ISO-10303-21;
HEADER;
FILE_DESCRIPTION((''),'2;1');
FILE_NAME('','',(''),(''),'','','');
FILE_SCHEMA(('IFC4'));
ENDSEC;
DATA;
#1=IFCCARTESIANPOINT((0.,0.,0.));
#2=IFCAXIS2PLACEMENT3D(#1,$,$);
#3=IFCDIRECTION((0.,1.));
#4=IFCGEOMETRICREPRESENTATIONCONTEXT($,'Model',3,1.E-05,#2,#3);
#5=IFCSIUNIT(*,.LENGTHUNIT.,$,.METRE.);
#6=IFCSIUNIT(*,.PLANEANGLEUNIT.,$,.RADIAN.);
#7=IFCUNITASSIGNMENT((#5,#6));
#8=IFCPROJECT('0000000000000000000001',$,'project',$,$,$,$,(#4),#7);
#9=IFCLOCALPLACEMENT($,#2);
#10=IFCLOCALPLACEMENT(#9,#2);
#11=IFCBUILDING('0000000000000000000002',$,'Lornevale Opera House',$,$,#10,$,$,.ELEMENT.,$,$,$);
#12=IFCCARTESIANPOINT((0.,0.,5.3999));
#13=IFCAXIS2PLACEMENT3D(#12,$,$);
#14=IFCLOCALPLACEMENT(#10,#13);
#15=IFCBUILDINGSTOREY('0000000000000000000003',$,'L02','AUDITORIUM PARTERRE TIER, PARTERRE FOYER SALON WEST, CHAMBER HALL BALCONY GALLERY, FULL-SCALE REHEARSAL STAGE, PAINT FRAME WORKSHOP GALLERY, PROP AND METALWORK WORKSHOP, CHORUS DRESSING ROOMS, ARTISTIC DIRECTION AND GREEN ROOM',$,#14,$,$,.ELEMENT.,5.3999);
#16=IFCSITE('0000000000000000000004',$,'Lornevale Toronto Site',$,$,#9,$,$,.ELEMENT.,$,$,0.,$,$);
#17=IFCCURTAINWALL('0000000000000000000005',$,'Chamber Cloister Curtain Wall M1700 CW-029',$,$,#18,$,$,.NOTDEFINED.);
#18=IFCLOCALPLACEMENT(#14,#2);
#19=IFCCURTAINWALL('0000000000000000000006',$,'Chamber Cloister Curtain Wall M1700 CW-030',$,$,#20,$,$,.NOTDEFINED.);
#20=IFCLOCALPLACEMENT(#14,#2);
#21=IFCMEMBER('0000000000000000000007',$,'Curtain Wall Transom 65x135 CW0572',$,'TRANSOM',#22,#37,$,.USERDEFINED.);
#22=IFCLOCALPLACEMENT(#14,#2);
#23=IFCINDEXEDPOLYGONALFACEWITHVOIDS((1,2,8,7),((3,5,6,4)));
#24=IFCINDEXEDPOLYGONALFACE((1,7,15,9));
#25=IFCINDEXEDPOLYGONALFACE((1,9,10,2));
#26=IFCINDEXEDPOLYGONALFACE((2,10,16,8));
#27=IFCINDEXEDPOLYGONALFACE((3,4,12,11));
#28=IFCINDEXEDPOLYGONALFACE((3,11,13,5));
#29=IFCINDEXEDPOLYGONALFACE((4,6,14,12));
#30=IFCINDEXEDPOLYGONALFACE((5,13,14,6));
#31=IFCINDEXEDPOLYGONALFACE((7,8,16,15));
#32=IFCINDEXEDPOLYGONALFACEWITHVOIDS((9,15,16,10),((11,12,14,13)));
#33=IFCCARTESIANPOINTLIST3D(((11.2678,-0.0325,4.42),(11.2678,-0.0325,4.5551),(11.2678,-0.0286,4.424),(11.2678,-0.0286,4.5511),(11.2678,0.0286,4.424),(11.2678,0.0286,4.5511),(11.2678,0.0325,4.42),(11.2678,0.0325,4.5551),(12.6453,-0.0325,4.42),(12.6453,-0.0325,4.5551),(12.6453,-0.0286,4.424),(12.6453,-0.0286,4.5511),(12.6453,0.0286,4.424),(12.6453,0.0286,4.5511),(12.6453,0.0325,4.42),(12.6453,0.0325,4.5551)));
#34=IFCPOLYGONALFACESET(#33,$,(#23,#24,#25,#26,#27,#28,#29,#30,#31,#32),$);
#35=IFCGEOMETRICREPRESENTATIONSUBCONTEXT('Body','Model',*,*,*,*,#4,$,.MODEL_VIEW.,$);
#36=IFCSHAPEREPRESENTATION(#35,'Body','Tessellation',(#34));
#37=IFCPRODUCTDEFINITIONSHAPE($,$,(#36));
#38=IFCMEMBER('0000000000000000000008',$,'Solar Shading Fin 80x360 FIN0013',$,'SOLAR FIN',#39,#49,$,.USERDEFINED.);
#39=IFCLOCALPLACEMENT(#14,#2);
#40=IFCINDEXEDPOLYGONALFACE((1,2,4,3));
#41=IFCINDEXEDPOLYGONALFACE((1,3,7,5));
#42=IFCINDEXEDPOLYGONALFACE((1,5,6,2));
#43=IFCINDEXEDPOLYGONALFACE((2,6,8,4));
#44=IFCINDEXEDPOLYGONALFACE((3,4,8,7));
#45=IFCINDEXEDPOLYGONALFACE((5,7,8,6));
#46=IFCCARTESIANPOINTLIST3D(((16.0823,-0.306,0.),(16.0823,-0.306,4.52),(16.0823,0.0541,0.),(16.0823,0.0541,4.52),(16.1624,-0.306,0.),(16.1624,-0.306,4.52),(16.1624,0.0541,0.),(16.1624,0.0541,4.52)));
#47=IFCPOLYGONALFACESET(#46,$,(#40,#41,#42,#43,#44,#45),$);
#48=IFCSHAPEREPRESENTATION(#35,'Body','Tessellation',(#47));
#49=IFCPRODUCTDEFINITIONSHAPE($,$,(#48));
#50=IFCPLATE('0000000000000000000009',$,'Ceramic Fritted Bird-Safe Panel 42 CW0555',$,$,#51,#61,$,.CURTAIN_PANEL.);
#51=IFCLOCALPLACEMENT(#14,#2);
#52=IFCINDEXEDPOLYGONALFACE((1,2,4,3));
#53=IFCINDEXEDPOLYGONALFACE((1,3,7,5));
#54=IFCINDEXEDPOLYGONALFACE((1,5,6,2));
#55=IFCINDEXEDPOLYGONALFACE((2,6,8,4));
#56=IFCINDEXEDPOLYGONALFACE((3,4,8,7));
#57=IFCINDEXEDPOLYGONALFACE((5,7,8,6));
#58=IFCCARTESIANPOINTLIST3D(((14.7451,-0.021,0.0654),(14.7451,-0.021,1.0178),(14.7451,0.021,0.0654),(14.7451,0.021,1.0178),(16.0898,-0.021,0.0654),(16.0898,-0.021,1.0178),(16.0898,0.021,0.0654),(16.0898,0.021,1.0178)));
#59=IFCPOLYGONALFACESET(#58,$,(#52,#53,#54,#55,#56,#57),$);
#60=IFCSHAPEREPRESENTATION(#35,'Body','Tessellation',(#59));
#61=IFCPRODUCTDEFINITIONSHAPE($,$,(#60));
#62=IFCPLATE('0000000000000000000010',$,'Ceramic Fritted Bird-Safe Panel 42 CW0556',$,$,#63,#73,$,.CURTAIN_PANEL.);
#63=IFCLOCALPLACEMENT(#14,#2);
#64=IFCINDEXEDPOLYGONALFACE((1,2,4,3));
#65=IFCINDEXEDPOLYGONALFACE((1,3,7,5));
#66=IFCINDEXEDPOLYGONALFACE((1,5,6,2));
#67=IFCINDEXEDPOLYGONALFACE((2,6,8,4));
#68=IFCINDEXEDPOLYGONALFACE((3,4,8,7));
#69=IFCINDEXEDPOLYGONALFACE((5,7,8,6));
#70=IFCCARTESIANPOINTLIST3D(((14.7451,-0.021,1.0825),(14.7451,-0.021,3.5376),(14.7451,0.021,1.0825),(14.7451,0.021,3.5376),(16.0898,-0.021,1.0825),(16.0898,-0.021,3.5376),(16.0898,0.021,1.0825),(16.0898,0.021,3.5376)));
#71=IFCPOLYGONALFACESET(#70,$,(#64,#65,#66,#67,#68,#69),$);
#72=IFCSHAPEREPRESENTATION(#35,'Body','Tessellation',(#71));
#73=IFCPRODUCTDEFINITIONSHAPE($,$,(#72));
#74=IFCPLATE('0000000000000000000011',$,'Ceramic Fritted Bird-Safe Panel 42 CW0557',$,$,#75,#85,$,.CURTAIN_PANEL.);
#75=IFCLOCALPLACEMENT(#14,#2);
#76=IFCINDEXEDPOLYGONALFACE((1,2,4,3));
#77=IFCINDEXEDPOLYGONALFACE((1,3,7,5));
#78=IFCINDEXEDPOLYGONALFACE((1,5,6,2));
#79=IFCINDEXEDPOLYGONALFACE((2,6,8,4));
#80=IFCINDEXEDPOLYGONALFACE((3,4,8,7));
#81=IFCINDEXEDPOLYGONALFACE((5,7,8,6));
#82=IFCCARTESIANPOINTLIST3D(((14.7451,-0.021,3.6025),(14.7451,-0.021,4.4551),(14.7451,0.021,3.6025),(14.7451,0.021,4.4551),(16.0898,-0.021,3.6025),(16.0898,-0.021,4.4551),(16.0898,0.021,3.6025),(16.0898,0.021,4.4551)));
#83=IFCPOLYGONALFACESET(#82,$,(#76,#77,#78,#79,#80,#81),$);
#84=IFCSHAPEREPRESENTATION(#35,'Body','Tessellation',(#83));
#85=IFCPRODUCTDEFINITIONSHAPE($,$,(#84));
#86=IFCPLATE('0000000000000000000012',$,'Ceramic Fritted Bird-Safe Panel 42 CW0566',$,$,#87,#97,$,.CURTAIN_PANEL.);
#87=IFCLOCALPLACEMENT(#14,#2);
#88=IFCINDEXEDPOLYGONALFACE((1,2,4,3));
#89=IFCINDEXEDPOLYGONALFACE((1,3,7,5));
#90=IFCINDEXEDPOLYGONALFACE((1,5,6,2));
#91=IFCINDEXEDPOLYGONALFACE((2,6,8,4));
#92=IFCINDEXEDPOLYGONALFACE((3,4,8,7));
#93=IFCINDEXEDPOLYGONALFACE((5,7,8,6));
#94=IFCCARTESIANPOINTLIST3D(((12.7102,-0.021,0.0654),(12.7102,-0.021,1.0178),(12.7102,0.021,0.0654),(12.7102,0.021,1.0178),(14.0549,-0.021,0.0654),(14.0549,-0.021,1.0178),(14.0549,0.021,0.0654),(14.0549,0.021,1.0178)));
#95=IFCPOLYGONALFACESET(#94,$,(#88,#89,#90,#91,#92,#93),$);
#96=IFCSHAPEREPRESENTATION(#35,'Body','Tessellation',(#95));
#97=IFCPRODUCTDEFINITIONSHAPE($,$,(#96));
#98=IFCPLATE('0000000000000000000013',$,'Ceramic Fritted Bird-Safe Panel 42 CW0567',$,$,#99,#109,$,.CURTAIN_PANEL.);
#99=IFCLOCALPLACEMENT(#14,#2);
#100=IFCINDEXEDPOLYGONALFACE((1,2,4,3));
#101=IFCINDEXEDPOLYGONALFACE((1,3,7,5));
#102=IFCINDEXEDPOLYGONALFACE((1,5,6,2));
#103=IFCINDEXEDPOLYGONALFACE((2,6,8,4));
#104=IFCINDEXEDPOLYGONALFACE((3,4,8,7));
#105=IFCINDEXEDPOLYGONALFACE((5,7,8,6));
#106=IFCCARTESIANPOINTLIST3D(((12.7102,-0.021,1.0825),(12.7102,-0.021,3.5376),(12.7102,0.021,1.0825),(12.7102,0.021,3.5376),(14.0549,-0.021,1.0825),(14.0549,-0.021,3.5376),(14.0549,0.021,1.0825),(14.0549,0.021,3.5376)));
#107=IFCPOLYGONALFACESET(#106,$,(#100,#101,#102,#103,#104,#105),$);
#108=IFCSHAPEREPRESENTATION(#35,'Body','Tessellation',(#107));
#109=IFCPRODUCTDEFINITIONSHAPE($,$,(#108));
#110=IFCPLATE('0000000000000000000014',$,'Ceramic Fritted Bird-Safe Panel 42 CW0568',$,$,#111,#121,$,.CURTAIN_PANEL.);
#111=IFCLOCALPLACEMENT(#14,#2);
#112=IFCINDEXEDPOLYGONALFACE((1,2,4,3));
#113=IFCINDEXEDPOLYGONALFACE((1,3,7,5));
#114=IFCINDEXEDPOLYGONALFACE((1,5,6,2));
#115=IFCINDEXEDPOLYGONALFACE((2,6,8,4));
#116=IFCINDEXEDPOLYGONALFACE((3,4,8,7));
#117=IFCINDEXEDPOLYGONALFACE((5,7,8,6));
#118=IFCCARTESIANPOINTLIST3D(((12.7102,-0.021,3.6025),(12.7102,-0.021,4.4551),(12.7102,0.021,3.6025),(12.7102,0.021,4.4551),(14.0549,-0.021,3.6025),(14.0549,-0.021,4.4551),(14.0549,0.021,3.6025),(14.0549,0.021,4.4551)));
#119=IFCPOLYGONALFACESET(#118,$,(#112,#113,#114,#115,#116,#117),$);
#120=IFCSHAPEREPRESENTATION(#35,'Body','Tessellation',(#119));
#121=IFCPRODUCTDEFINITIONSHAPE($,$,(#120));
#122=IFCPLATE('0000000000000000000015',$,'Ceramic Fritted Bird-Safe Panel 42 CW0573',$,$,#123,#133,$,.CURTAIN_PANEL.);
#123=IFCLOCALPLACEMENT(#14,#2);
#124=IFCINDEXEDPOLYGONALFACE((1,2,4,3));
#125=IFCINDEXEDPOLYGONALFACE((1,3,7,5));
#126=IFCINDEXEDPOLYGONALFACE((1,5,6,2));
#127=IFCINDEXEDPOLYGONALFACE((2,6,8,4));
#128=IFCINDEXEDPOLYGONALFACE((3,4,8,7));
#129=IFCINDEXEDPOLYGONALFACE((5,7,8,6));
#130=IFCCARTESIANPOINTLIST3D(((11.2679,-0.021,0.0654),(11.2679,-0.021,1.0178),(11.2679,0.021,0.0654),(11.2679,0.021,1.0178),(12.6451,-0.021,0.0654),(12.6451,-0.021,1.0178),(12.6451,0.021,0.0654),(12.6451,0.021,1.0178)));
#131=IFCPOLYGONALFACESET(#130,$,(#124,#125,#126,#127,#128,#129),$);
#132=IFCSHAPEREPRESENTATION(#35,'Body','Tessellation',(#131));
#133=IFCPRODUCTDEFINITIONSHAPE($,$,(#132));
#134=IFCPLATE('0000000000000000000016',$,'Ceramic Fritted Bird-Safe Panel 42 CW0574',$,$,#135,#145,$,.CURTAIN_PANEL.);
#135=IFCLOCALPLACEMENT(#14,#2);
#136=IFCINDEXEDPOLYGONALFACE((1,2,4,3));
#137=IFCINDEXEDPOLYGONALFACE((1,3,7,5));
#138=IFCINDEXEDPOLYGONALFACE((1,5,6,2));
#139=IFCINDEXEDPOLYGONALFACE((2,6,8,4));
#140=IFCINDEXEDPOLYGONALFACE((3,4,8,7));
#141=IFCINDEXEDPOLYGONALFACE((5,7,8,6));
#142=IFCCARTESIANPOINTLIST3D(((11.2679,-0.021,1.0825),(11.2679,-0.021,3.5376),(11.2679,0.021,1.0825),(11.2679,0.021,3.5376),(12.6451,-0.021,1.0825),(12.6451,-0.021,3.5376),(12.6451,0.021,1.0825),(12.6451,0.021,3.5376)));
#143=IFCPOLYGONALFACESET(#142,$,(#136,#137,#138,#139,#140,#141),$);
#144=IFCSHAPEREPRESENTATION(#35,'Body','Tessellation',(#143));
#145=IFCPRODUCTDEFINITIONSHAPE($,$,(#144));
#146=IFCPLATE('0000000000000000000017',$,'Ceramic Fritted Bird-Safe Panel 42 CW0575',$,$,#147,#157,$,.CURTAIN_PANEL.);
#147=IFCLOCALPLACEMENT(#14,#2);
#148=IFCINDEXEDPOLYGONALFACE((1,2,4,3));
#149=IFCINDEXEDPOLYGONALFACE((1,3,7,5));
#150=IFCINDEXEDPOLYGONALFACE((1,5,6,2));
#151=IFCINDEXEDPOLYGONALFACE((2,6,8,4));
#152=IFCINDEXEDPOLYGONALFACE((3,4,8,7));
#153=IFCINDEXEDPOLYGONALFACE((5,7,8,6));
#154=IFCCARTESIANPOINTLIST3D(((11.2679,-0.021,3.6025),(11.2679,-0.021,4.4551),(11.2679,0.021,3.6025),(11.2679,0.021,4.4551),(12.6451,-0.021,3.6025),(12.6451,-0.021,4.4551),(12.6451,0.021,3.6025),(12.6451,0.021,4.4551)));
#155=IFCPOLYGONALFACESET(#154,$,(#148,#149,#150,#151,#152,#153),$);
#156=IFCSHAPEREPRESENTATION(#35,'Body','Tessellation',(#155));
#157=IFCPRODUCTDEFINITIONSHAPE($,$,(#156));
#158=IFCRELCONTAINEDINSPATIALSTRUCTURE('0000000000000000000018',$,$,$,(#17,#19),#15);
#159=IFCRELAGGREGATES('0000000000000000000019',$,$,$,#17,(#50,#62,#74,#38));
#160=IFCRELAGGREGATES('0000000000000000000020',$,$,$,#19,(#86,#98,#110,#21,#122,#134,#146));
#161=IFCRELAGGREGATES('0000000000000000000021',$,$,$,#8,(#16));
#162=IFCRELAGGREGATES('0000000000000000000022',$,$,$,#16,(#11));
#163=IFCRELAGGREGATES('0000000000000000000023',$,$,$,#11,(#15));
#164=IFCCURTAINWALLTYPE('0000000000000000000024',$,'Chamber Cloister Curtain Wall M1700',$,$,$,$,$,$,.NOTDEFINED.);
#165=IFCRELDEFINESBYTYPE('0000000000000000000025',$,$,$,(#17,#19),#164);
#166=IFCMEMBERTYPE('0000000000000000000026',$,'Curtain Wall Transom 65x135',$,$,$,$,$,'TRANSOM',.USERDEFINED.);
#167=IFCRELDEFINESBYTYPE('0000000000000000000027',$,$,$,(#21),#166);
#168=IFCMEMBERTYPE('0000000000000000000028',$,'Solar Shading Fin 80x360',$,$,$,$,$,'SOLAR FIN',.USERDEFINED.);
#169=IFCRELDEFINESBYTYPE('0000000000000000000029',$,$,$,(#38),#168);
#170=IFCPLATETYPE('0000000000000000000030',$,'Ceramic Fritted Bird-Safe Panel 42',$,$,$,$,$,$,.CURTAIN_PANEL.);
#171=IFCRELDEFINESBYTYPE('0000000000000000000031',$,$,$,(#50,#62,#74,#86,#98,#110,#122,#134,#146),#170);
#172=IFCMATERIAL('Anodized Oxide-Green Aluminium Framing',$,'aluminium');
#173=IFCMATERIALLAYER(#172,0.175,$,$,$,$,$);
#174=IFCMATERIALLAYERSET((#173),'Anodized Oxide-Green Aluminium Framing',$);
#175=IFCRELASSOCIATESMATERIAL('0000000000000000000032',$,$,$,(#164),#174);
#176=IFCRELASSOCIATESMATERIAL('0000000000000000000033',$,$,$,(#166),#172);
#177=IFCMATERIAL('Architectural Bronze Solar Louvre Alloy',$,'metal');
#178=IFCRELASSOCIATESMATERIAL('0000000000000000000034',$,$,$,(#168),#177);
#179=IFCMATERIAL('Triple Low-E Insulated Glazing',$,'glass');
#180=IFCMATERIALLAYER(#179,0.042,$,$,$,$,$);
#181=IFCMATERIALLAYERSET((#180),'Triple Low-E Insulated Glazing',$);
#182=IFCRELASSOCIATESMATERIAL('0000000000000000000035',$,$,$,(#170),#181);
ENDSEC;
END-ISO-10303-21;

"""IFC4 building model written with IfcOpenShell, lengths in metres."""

from ifc_helpers import new_model, si_unit, direction, frame, origin, origin_2d, place, context, subcontext, project, spatial, rectangle, hollow_rectangle, extrude, material, layer, layer_set, material_profile, profile_set, type_object, element, aggregate, save


model = new_model("IFC4")

# Units and contexts
model_context = context("Model", 3, precision=1e-05, world=origin(), true_north=direction((0.0, 1.0)))
body_context = subcontext(model_context, "Body", "Model", "MODEL_VIEW")
ifc_project = project(units=[si_unit("LENGTHUNIT", "METRE"), si_unit("PLANEANGLEUNIT", "RADIAN")], contexts=[model_context])

# Site, building, storey
site_placement = place(None, origin())
site = spatial("IfcSite", under=ifc_project, at=site_placement, Name="Lornevale Toronto Site", CompositionType="ELEMENT", RefElevation=0.0)
building_placement = place(site_placement, origin())
building = spatial("IfcBuilding", under=site, at=building_placement, Name="Lornevale Opera House", CompositionType="ELEMENT")
storey_placement = place(building_placement, frame((0.0, 0.0, 5.3999)))
storey = spatial("IfcBuildingStorey", under=building, at=storey_placement, Name="L02", Description="AUDITORIUM PARTERRE TIER, PARTERRE FOYER SALON WEST, CHAMBER HALL BALCONY GALLERY, FULL-SCALE REHEARSAL STAGE, PAINT FRAME WORKSHOP GALLERY, PROP AND METALWORK WORKSHOP, CHORUS DRESSING ROOMS, ARTISTIC DIRECTION AND GREEN ROOM", CompositionType="ELEMENT", Elevation=5.3999)

# Curtain wall
ifc_material_1 = material(Name="Anodized Oxide-Green Aluminium Framing", Category="aluminium")
ifc_layer_1 = layer(ifc_material_1, 0.175)
ifc_layer_set_1 = layer_set([ifc_layer_1], Name="Anodized Oxide-Green Aluminium Framing")
curtain_wall_type = type_object("IfcCurtainWallType", Name="Chamber Cloister Curtain Wall M1700", PredefinedType="NOTDEFINED", material=ifc_layer_set_1)
curtain_wall_1_placement = place(storey_placement, origin())
curtain_wall_1 = element("IfcCurtainWall", 1, at=curtain_wall_1_placement, inside=storey, type_object=curtain_wall_type, Name="Chamber Cloister Curtain Wall M1700 CW-029", PredefinedType="NOTDEFINED")

# Curtain wall, member
curtain_wall_2_placement = place(storey_placement, origin())
curtain_wall_2 = element("IfcCurtainWall", 2, at=curtain_wall_2_placement, inside=storey, type_object=curtain_wall_type, Name="Chamber Cloister Curtain Wall M1700 CW-030", PredefinedType="NOTDEFINED")
ifc_material_profile_1 = material_profile(ifc_material_1, hollow_rectangle(XDim=0.0649, YDim=0.135, WallThickness=0.0039, at=origin_2d()), Name="ALU65x135x4")
ifc_profile_set_1 = profile_set([ifc_material_profile_1], Name="Anodized Oxide-Green Aluminium Framing")
member_type_1 = type_object("IfcMemberType", Name="Curtain Wall Transom 65x135", ElementType="TRANSOM", PredefinedType="USERDEFINED", material=ifc_profile_set_1)
member_1_placement = place(storey_placement, frame((12.6453, 0.0, 4.4875), z_axis=(-1.0, 0.0, 0.0), x_axis=(0.0, -1.0, 0.0)))
member_1 = element("IfcMember", 3, at=member_1_placement, type_object=member_type_1, Name="Curtain Wall Transom 65x135 CW0572", ObjectType="TRANSOM", PredefinedType="USERDEFINED", context=body_context, shape_type="SweptSolid", body=[
    extrude(hollow_rectangle(XDim=0.0649, YDim=0.135, WallThickness=0.0039, at=origin_2d()), origin(), (0.0, 0.0, 1.0), 1.3774),
])

# Member
ifc_material_2 = material(Name="Architectural Bronze Solar Louvre Alloy", Category="metal")
ifc_material_profile_2 = material_profile(ifc_material_2, rectangle(XDim=0.0801, YDim=0.3601, at=origin_2d()), Name="FIN80x360")
ifc_profile_set_2 = profile_set([ifc_material_profile_2], Name="Architectural Bronze Solar Louvre Alloy")
member_type_2 = type_object("IfcMemberType", Name="Solar Shading Fin 80x360", ElementType="SOLAR FIN", PredefinedType="USERDEFINED", material=ifc_profile_set_2)
member_2_placement = place(storey_placement, frame((16.1223, -0.126, 0.0), z_axis=(0.0, 0.0, 1.0), x_axis=(-1.0, 0.0, 0.0)))
member_2 = element("IfcMember", 4, at=member_2_placement, type_object=member_type_2, Name="Solar Shading Fin 80x360 FIN0013", ObjectType="SOLAR FIN", PredefinedType="USERDEFINED", context=body_context, shape_type="SweptSolid", body=[
    extrude(rectangle(XDim=0.0801, YDim=0.3601, at=origin_2d()), origin(), (0.0, 0.0, 1.0), 4.52),
])

# Plates
ifc_material_3 = material(Name="Triple Low-E Insulated Glazing", Category="glass")
ifc_layer_2 = layer(ifc_material_3, 0.042)
ifc_layer_set_2 = layer_set([ifc_layer_2], Name="Triple Low-E Insulated Glazing")
plate_type = type_object("IfcPlateType", Name="Ceramic Fritted Bird-Safe Panel 42", PredefinedType="CURTAIN_PANEL", material=ifc_layer_set_2)
plate_1_placement = place(storey_placement, frame((15.4175, 0.0, 0.0654), z_axis=(0.0, 0.0, 1.0), x_axis=(-1.0, 0.0, 0.0)))
plate_1 = element("IfcPlate", 5, at=plate_1_placement, type_object=plate_type, Name="Ceramic Fritted Bird-Safe Panel 42 CW0555", PredefinedType="CURTAIN_PANEL", context=body_context, shape_type="SweptSolid", body=[
    extrude(rectangle(XDim=1.3447, YDim=0.042, at=origin_2d()), origin(), (0.0, 0.0, 1.0), 0.9524),
])
plate_2_placement = place(storey_placement, frame((15.4175, 0.0, 1.0825), z_axis=(0.0, 0.0, 1.0), x_axis=(-1.0, 0.0, 0.0)))
plate_2 = element("IfcPlate", 6, at=plate_2_placement, type_object=plate_type, Name="Ceramic Fritted Bird-Safe Panel 42 CW0556", PredefinedType="CURTAIN_PANEL", context=body_context, shape_type="SweptSolid", body=[
    extrude(rectangle(XDim=1.3447, YDim=0.042, at=origin_2d()), origin(), (0.0, 0.0, 1.0), 2.4551),
])
plate_3_placement = place(storey_placement, frame((15.4175, 0.0, 3.6025), z_axis=(0.0, 0.0, 1.0), x_axis=(-1.0, 0.0, 0.0)))
plate_3 = element("IfcPlate", 7, at=plate_3_placement, type_object=plate_type, Name="Ceramic Fritted Bird-Safe Panel 42 CW0557", PredefinedType="CURTAIN_PANEL", context=body_context, shape_type="SweptSolid", body=[
    extrude(rectangle(XDim=1.3447, YDim=0.042, at=origin_2d()), origin(), (0.0, 0.0, 1.0), 0.8525),
])
aggregate(curtain_wall_1, [plate_1, plate_2, plate_3, member_2])
plate_4_placement = place(storey_placement, frame((13.3826, 0.0, 0.0654), z_axis=(0.0, 0.0, 1.0), x_axis=(-1.0, 0.0, 0.0)))
plate_4 = element("IfcPlate", 8, at=plate_4_placement, type_object=plate_type, Name="Ceramic Fritted Bird-Safe Panel 42 CW0566", PredefinedType="CURTAIN_PANEL", context=body_context, shape_type="SweptSolid", body=[
    extrude(rectangle(XDim=1.3447, YDim=0.042, at=origin_2d()), origin(), (0.0, 0.0, 1.0), 0.9524),
])
plate_5_placement = place(storey_placement, frame((13.3826, 0.0, 1.0825), z_axis=(0.0, 0.0, 1.0), x_axis=(-1.0, 0.0, 0.0)))
plate_5 = element("IfcPlate", 9, at=plate_5_placement, type_object=plate_type, Name="Ceramic Fritted Bird-Safe Panel 42 CW0567", PredefinedType="CURTAIN_PANEL", context=body_context, shape_type="SweptSolid", body=[
    extrude(rectangle(XDim=1.3447, YDim=0.042, at=origin_2d()), origin(), (0.0, 0.0, 1.0), 2.4551),
])
plate_6_placement = place(storey_placement, frame((13.3826, 0.0, 3.6025), z_axis=(0.0, 0.0, 1.0), x_axis=(-1.0, 0.0, 0.0)))
plate_6 = element("IfcPlate", 10, at=plate_6_placement, type_object=plate_type, Name="Ceramic Fritted Bird-Safe Panel 42 CW0568", PredefinedType="CURTAIN_PANEL", context=body_context, shape_type="SweptSolid", body=[
    extrude(rectangle(XDim=1.3447, YDim=0.042, at=origin_2d()), origin(), (0.0, 0.0, 1.0), 0.8525),
])
plate_7_placement = place(storey_placement, frame((11.9565, 0.0, 0.0654), z_axis=(0.0, 0.0, 1.0), x_axis=(-1.0, 0.0, 0.0)))
plate_7 = element("IfcPlate", 11, at=plate_7_placement, type_object=plate_type, Name="Ceramic Fritted Bird-Safe Panel 42 CW0573", PredefinedType="CURTAIN_PANEL", context=body_context, shape_type="SweptSolid", body=[
    extrude(rectangle(XDim=1.3772, YDim=0.042, at=origin_2d()), origin(), (0.0, 0.0, 1.0), 0.9524),
])
plate_8_placement = place(storey_placement, frame((11.9565, 0.0, 1.0825), z_axis=(0.0, 0.0, 1.0), x_axis=(-1.0, 0.0, 0.0)))
plate_8 = element("IfcPlate", 12, at=plate_8_placement, type_object=plate_type, Name="Ceramic Fritted Bird-Safe Panel 42 CW0574", PredefinedType="CURTAIN_PANEL", context=body_context, shape_type="SweptSolid", body=[
    extrude(rectangle(XDim=1.3772, YDim=0.042, at=origin_2d()), origin(), (0.0, 0.0, 1.0), 2.4551),
])
plate_9_placement = place(storey_placement, frame((11.9565, 0.0, 3.6025), z_axis=(0.0, 0.0, 1.0), x_axis=(-1.0, 0.0, 0.0)))
plate_9 = element("IfcPlate", 13, at=plate_9_placement, type_object=plate_type, Name="Ceramic Fritted Bird-Safe Panel 42 CW0575", PredefinedType="CURTAIN_PANEL", context=body_context, shape_type="SweptSolid", body=[
    extrude(rectangle(XDim=1.3772, YDim=0.042, at=origin_2d()), origin(), (0.0, 0.0, 1.0), 0.8525),
])
aggregate(curtain_wall_2, [plate_4, plate_5, plate_6, member_1, plate_7, plate_8, plate_9])

save(model, "model.ifc")
